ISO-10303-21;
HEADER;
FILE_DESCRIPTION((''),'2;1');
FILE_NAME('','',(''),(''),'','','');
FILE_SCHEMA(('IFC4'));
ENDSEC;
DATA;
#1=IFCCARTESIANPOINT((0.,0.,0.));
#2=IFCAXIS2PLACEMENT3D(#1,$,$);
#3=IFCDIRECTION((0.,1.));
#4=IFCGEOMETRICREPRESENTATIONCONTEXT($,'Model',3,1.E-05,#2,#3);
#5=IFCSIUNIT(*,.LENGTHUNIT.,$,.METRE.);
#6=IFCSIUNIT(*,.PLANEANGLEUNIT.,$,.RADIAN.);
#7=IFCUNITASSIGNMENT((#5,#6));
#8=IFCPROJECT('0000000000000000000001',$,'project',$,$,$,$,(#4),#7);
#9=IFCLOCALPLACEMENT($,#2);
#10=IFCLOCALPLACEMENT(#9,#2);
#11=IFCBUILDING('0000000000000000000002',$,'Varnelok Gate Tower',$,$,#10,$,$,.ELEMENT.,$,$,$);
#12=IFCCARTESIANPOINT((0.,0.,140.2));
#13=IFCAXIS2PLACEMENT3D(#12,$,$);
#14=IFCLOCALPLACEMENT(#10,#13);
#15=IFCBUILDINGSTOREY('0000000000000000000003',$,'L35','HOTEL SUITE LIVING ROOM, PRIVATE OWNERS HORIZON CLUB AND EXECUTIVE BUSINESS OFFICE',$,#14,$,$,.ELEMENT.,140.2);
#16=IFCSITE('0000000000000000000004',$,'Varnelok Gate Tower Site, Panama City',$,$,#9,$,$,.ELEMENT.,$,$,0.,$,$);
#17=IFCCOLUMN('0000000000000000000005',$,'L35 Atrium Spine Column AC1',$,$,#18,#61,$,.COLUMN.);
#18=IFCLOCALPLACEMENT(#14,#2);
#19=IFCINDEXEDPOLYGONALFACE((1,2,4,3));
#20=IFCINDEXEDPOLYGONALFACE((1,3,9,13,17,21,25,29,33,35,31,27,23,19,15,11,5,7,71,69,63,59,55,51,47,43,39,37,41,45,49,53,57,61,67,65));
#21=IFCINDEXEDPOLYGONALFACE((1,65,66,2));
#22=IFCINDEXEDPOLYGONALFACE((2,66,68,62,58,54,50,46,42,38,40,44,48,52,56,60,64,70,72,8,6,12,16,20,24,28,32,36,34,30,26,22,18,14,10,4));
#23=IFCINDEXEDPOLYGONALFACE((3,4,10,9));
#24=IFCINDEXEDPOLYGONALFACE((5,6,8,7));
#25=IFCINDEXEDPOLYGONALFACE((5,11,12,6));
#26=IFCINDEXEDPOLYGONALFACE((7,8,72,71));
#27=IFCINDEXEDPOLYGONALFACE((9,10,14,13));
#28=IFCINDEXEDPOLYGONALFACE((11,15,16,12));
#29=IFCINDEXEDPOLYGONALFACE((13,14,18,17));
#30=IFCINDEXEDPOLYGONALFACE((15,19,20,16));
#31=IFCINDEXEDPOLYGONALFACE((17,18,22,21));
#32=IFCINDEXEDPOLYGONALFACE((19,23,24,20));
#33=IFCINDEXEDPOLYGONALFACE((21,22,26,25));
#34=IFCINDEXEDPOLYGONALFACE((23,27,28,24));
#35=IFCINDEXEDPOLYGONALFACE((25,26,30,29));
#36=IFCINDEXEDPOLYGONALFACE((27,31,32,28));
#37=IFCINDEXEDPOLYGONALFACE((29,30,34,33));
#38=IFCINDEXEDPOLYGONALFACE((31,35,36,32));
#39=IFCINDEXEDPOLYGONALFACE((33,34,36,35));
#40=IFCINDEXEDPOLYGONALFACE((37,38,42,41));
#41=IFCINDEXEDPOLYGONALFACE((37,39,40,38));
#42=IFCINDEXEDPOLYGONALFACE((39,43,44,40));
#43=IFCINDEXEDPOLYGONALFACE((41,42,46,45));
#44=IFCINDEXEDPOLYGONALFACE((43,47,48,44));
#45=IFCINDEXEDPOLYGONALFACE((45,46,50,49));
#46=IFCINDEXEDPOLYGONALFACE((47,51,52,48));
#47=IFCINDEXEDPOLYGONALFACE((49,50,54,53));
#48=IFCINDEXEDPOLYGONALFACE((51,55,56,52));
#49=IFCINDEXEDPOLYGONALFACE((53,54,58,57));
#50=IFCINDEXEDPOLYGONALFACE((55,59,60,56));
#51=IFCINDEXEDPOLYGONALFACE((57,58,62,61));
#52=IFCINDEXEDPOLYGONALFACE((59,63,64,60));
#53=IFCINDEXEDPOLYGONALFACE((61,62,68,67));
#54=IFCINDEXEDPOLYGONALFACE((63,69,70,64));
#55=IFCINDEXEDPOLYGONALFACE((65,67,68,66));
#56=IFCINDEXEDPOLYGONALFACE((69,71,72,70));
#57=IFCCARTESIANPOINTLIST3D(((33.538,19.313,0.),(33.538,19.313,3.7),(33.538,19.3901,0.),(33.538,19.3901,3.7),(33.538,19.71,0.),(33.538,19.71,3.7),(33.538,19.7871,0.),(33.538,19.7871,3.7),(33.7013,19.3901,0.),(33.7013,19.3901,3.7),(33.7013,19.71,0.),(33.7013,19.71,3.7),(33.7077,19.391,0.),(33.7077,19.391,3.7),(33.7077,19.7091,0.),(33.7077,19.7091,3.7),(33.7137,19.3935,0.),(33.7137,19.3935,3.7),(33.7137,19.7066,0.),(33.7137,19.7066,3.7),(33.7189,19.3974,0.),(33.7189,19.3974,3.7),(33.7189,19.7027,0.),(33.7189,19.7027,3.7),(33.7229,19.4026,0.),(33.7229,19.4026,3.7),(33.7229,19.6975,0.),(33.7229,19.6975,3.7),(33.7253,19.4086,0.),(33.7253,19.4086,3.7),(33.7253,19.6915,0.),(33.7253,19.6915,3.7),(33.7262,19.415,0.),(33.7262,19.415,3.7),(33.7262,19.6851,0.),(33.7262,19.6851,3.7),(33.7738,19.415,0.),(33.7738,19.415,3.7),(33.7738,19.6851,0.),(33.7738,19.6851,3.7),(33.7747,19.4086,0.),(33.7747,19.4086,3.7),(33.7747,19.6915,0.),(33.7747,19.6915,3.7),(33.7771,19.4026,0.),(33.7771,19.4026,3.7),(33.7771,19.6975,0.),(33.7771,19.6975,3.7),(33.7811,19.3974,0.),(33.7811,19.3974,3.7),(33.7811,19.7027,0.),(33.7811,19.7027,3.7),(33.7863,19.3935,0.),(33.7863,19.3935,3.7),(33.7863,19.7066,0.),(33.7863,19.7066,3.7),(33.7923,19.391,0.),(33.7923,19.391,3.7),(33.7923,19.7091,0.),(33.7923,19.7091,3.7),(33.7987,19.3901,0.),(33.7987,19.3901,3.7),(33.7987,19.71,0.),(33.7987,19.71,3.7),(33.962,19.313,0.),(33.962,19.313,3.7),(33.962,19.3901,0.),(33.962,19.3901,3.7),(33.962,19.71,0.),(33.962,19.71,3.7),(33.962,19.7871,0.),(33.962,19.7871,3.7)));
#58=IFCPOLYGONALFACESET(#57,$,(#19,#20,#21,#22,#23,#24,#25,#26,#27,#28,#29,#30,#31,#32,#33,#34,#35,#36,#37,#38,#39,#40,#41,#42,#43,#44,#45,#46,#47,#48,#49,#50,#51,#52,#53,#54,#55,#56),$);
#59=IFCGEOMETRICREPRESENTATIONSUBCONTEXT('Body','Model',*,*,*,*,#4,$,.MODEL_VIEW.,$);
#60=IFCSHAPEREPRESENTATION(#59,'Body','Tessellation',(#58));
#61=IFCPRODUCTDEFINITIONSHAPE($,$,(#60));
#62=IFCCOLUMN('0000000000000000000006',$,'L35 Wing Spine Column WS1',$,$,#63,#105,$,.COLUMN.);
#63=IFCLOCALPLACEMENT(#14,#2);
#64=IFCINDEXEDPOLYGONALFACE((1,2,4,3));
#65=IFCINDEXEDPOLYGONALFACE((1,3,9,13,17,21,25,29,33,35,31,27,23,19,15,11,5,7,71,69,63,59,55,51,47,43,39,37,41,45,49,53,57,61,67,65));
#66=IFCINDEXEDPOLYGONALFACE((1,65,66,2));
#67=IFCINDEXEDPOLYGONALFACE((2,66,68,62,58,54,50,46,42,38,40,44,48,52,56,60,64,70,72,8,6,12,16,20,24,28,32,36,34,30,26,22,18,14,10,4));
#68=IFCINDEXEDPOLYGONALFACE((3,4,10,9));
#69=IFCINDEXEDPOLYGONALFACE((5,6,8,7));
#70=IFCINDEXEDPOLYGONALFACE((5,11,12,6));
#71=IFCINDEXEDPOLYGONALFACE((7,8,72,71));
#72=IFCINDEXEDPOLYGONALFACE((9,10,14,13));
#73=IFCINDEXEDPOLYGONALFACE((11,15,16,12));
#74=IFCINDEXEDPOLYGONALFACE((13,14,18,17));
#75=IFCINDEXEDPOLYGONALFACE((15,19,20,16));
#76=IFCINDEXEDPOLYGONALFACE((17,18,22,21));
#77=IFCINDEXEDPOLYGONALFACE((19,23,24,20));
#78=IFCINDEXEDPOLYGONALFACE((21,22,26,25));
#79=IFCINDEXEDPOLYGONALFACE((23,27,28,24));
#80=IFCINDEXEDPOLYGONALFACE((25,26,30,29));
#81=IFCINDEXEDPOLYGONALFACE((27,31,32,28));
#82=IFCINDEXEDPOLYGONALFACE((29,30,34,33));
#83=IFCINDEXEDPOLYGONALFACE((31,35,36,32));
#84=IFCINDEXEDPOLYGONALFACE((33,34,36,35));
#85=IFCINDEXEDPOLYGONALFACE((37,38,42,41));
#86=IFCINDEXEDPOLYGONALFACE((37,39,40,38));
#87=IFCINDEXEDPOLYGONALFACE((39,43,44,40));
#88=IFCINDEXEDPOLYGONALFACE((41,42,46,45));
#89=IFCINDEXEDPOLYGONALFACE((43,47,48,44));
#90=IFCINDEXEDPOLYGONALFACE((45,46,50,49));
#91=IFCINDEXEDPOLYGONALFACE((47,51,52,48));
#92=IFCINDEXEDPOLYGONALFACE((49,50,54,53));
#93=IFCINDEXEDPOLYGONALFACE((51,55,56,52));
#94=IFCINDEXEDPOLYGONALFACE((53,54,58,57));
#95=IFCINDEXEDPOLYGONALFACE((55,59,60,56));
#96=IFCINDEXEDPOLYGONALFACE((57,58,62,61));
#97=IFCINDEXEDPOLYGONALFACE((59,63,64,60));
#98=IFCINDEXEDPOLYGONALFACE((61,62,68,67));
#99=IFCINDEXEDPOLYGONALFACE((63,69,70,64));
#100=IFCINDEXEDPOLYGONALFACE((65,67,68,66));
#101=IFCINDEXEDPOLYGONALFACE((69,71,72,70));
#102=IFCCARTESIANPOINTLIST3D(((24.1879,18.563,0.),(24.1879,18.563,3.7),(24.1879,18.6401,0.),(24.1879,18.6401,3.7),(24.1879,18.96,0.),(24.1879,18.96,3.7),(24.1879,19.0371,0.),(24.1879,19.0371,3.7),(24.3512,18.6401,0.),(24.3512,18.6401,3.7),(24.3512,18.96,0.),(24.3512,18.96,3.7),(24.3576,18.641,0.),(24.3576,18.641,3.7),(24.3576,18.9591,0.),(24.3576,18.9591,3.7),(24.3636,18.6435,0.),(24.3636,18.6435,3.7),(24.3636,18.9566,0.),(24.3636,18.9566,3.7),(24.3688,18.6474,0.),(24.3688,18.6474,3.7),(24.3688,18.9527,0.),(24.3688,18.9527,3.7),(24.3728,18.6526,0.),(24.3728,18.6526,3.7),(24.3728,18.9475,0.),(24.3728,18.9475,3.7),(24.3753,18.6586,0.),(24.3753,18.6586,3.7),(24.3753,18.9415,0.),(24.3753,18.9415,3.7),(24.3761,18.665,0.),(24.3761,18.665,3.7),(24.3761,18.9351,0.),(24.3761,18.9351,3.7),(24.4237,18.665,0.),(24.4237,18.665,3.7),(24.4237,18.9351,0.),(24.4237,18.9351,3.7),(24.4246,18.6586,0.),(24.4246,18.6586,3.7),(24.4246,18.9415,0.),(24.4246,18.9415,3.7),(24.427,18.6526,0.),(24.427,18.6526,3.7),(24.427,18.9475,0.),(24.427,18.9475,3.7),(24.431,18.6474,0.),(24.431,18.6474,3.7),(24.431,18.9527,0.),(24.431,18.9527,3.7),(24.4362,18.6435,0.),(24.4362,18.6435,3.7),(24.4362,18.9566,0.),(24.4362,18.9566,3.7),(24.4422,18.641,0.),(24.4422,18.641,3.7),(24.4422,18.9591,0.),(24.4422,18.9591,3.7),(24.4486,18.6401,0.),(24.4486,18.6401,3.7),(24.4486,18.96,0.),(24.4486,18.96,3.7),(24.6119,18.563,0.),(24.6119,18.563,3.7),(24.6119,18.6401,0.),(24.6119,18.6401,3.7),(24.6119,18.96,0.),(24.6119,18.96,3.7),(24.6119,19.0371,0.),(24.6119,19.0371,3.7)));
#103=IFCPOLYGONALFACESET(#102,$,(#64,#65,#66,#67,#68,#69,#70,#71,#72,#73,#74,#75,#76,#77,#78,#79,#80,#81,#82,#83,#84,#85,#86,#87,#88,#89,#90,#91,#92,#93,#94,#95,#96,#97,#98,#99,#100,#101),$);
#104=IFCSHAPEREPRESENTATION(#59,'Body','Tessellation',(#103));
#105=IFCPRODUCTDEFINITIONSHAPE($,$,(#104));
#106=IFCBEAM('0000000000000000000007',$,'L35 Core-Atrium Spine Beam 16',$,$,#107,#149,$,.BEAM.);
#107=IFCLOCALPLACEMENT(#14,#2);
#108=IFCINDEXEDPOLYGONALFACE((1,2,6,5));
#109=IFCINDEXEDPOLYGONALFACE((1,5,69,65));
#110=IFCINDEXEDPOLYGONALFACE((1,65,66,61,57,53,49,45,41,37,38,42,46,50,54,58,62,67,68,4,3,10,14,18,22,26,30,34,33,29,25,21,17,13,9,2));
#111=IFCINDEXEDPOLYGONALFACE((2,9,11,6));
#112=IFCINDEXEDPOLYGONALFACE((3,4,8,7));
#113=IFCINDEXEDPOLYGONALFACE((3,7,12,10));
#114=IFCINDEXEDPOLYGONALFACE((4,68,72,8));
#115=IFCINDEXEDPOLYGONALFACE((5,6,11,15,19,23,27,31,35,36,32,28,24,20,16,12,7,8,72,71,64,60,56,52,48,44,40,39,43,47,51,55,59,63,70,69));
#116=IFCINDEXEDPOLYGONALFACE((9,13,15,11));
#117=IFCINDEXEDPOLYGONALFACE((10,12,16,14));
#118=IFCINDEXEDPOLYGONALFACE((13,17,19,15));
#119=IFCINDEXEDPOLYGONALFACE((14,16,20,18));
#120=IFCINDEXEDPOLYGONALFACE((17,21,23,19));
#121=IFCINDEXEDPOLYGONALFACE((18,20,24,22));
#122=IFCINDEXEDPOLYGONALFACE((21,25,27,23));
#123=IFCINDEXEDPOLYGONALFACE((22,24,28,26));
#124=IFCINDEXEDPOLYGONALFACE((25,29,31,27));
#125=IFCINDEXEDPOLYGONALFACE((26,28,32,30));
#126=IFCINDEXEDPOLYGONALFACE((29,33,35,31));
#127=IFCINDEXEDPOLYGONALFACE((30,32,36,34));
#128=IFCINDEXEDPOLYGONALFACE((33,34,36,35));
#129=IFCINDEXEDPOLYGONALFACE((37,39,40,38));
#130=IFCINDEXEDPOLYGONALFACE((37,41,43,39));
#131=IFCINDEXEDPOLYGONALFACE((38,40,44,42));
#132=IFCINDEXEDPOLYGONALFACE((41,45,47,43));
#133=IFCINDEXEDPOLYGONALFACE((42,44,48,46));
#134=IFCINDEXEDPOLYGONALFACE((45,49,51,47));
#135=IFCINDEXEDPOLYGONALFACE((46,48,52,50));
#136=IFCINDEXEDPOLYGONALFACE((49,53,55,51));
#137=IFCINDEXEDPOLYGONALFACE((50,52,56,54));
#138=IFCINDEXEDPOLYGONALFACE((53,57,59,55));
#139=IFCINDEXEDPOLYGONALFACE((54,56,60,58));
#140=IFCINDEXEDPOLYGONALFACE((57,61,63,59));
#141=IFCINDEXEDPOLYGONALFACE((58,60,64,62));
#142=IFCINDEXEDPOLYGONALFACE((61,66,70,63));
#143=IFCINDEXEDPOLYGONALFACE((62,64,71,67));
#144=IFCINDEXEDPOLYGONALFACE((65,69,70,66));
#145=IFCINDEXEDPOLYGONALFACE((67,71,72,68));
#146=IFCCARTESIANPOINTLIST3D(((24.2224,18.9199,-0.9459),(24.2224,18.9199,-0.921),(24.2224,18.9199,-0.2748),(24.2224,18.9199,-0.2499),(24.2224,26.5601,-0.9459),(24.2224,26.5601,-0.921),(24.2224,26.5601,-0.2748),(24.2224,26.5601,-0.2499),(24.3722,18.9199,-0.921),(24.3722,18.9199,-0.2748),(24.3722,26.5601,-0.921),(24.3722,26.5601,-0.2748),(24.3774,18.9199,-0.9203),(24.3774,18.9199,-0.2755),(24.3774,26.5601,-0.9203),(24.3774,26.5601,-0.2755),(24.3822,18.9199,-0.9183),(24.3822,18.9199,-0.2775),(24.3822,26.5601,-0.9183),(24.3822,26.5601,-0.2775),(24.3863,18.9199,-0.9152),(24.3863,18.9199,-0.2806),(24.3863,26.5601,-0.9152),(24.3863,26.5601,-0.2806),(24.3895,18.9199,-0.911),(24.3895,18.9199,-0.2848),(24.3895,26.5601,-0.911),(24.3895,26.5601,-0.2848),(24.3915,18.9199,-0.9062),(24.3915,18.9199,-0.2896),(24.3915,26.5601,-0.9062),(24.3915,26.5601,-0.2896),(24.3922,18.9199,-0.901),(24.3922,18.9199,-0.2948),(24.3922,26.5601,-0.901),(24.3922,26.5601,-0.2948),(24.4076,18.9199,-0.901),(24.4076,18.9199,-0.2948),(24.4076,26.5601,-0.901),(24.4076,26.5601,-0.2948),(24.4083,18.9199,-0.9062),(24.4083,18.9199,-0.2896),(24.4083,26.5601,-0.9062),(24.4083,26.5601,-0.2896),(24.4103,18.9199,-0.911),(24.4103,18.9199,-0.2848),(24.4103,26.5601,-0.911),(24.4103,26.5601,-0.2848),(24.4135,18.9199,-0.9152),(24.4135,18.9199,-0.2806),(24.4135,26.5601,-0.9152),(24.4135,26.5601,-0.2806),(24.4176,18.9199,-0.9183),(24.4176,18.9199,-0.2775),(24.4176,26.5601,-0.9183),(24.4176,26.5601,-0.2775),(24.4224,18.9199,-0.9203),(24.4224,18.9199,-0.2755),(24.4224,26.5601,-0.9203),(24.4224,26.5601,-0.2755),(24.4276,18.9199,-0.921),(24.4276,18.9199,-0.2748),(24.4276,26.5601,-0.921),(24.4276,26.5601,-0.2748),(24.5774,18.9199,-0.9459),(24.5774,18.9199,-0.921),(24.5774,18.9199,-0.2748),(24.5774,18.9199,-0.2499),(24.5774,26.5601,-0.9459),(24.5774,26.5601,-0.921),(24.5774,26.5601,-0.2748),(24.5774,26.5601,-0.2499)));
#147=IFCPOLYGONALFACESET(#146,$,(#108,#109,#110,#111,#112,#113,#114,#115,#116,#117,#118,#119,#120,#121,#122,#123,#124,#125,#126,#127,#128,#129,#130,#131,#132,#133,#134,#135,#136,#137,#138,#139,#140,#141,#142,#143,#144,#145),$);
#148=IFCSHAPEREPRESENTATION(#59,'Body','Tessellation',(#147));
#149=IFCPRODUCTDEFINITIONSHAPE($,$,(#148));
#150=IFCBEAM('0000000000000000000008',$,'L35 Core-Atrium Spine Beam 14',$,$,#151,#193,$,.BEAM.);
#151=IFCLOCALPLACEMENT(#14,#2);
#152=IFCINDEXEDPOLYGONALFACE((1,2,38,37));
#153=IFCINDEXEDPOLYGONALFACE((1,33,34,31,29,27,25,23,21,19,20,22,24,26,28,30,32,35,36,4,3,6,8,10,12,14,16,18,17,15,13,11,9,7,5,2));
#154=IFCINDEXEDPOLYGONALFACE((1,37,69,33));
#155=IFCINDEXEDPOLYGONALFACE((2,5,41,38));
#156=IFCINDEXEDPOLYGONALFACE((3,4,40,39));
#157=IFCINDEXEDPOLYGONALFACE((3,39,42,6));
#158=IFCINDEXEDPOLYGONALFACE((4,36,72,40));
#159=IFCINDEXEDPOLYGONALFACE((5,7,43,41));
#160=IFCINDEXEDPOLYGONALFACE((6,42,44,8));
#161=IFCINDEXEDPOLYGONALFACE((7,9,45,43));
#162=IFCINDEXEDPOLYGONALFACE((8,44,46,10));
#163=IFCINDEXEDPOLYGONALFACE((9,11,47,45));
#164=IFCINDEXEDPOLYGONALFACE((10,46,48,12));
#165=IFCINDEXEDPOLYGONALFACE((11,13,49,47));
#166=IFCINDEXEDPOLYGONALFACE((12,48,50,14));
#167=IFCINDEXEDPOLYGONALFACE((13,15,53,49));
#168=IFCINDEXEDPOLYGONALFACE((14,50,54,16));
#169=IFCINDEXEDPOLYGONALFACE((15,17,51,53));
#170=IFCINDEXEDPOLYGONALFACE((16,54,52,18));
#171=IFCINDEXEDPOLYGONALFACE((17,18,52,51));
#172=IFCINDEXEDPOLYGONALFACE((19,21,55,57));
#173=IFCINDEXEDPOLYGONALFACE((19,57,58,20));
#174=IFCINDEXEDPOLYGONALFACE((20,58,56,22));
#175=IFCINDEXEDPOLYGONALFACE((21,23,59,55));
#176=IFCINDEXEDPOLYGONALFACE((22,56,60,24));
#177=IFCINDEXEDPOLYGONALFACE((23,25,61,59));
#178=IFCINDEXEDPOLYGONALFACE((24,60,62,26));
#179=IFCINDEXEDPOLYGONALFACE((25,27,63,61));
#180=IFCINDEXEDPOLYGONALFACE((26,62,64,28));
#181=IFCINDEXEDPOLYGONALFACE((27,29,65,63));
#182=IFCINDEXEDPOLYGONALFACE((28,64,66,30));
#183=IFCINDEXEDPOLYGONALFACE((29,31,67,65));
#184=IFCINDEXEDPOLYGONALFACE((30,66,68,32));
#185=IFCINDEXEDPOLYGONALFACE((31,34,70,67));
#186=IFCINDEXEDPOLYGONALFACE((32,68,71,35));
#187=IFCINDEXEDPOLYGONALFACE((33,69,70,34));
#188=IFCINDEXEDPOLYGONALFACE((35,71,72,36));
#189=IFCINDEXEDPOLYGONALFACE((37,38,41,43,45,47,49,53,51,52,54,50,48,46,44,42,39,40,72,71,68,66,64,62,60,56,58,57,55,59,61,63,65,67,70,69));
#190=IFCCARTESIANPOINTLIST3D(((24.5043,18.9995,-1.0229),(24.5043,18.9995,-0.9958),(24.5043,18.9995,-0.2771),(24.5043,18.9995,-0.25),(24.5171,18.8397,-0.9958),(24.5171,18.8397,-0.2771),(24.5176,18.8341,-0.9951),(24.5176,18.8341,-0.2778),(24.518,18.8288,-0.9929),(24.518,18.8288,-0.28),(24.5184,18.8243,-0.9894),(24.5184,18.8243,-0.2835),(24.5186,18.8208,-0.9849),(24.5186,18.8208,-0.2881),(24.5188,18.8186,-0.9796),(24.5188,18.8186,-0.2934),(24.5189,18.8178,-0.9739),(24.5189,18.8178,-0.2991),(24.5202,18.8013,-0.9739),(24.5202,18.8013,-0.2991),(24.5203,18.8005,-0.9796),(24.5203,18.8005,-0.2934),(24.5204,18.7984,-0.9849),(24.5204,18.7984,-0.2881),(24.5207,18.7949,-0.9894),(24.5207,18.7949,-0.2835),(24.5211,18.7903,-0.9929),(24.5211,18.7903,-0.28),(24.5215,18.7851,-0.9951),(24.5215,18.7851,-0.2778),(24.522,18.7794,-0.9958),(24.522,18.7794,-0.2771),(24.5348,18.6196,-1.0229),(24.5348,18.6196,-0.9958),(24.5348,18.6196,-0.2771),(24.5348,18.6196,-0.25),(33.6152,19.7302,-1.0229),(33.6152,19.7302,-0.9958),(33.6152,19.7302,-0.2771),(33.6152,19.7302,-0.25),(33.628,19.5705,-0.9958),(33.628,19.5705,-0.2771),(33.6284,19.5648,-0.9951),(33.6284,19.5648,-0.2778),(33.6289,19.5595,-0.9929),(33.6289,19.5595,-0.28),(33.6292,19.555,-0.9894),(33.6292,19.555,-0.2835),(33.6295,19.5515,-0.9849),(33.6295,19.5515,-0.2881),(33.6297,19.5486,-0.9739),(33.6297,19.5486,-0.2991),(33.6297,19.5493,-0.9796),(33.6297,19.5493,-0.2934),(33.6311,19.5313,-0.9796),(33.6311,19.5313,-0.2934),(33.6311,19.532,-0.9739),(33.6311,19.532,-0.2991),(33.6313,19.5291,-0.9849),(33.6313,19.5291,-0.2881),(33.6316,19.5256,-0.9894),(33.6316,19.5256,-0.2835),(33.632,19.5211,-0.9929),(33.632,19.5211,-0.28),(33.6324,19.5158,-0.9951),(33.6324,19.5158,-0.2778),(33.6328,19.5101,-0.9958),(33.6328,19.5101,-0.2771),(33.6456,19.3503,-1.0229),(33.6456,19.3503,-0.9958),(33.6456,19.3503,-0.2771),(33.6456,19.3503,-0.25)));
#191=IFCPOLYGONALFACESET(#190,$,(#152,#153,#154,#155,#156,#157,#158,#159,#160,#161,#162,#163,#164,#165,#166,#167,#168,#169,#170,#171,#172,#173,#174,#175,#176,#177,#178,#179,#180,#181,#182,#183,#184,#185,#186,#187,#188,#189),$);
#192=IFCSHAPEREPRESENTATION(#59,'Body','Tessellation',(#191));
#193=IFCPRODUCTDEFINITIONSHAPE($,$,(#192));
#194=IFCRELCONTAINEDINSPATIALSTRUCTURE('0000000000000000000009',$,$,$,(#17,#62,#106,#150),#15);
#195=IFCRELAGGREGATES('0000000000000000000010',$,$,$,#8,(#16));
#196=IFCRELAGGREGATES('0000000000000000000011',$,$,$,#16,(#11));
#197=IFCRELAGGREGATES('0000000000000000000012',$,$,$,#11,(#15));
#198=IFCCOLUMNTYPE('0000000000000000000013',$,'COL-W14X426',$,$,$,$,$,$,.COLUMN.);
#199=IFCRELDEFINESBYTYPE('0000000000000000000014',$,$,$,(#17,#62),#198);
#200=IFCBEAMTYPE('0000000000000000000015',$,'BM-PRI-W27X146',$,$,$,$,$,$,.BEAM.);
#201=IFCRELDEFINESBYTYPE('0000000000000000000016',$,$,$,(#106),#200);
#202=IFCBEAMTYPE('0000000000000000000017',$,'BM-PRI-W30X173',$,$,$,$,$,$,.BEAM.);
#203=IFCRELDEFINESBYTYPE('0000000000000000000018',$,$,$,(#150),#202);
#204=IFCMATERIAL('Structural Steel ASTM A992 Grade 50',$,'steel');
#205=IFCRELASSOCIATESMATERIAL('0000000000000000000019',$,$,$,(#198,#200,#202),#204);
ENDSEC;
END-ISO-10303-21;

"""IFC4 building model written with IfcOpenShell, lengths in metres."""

from ifc_helpers import new_model, si_unit, direction, frame, origin, origin_2d, place, context, subcontext, project, spatial, i_section, extrude, material, material_profile, profile_set, type_object, element, save


model = new_model("IFC4")

# Units and contexts
model_context = context("Model", 3, precision=1e-05, world=origin(), true_north=direction((0.0, 1.0)))
body_context = subcontext(model_context, "Body", "Model", "MODEL_VIEW")
ifc_project = project(units=[si_unit("LENGTHUNIT", "METRE"), si_unit("PLANEANGLEUNIT", "RADIAN")], contexts=[model_context])

# Site, building, storey
site_placement = place(None, origin())
site = spatial("IfcSite", under=ifc_project, at=site_placement, Name="Varnelok Gate Tower Site, Panama City", CompositionType="ELEMENT", RefElevation=0.0)
building_placement = place(site_placement, origin())
building = spatial("IfcBuilding", under=site, at=building_placement, Name="Varnelok Gate Tower", CompositionType="ELEMENT")
storey_placement = place(building_placement, frame((0.0, 0.0, 140.2)))
storey = spatial("IfcBuildingStorey", under=building, at=storey_placement, Name="L35", Description="HOTEL SUITE LIVING ROOM, PRIVATE OWNERS HORIZON CLUB AND EXECUTIVE BUSINESS OFFICE", CompositionType="ELEMENT", Elevation=140.2)

# Columns
ifc_material_1 = material(Name="Structural Steel ASTM A992 Grade 50", Category="steel")
ifc_material_profile_1 = material_profile(ifc_material_1, i_section(OverallWidth=0.4241, OverallDepth=0.4741, WebThickness=0.0476, FlangeThickness=0.0771, FilletRadius=0.0249, at=origin_2d()), Name="W14X426")
ifc_profile_set_1 = profile_set([ifc_material_profile_1], Name="Structural Steel ASTM A992 Grade 50")
column_type = type_object("IfcColumnType", Name="COL-W14X426", PredefinedType="COLUMN", material=ifc_profile_set_1)
for number, where, z_axis, x_axis, name in (
    (1, (33.75, 19.55, 0.0), (0.0, 0.0, 1.0), (1.0, 0.0, 0.0), "L35 Atrium Spine Column AC1"),
    (2, (24.3999, 18.8, 0.0), (0.0, 0.0, 1.0), (1.0, 0.0, 0.0), "L35 Wing Spine Column WS1"),
):
    element("IfcColumn", number, at=place(storey_placement, frame(where, z_axis=z_axis, x_axis=x_axis)), inside=storey, type_object=column_type, Name=name, PredefinedType="COLUMN", context=body_context, shape_type="SweptSolid", body=[
        extrude(i_section(OverallWidth=0.4241, OverallDepth=0.4741, WebThickness=0.0476, FlangeThickness=0.0771, FilletRadius=0.0249, at=origin_2d()), origin(), (0.0, 0.0, 1.0), 3.7),
    ])

# Beams
ifc_material_profile_2 = material_profile(ifc_material_1, i_section(OverallWidth=0.355, OverallDepth=0.696, WebThickness=0.0154, FlangeThickness=0.0249, FilletRadius=0.02, at=origin_2d()), Name="W27X146")
ifc_profile_set_2 = profile_set([ifc_material_profile_2], Name="Structural Steel ASTM A992 Grade 50")
beam_type_1 = type_object("IfcBeamType", Name="BM-PRI-W27X146", PredefinedType="BEAM", material=ifc_profile_set_2)
beam_1_placement = place(storey_placement, frame((24.3999, 18.9199, -0.5979), z_axis=(0.0, 1.0, 0.0), x_axis=(-1.0, 0.0, 0.0)))
element("IfcBeam", 3, at=beam_1_placement, inside=storey, type_object=beam_type_1, Name="L35 Core-Atrium Spine Beam 16", PredefinedType="BEAM", context=body_context, shape_type="SweptSolid", body=[
    extrude(i_section(OverallWidth=0.355, OverallDepth=0.696, WebThickness=0.0154, FlangeThickness=0.0249, FilletRadius=0.02, at=origin_2d()), origin(), (0.0, 0.0, 1.0), 7.6401),
])
ifc_material_profile_3 = material_profile(ifc_material_1, i_section(OverallWidth=0.3811, OverallDepth=0.7729, WebThickness=0.0166, FlangeThickness=0.0271, FilletRadius=0.022, at=origin_2d()), Name="W30X173")
ifc_profile_set_3 = profile_set([ifc_material_profile_3], Name="Structural Steel ASTM A992 Grade 50")
beam_type_2 = type_object("IfcBeamType", Name="BM-PRI-W30X173", PredefinedType="BEAM", material=ifc_profile_set_3)
beam_2_placement = place(storey_placement, frame((24.5195, 18.8096, -0.6365), z_axis=(0.996799, 0.079946, 0.0), x_axis=(-0.079946, 0.996799, 0.0)))
element("IfcBeam", 4, at=beam_2_placement, inside=storey, type_object=beam_type_2, Name="L35 Core-Atrium Spine Beam 14", PredefinedType="BEAM", context=body_context, shape_type="SweptSolid", body=[
    extrude(i_section(OverallWidth=0.3811, OverallDepth=0.7729, WebThickness=0.0166, FlangeThickness=0.0271, FilletRadius=0.022, at=origin_2d()), origin(), (0.0, 0.0, 1.0), 9.1401),
])

save(model, "model.ifc")
